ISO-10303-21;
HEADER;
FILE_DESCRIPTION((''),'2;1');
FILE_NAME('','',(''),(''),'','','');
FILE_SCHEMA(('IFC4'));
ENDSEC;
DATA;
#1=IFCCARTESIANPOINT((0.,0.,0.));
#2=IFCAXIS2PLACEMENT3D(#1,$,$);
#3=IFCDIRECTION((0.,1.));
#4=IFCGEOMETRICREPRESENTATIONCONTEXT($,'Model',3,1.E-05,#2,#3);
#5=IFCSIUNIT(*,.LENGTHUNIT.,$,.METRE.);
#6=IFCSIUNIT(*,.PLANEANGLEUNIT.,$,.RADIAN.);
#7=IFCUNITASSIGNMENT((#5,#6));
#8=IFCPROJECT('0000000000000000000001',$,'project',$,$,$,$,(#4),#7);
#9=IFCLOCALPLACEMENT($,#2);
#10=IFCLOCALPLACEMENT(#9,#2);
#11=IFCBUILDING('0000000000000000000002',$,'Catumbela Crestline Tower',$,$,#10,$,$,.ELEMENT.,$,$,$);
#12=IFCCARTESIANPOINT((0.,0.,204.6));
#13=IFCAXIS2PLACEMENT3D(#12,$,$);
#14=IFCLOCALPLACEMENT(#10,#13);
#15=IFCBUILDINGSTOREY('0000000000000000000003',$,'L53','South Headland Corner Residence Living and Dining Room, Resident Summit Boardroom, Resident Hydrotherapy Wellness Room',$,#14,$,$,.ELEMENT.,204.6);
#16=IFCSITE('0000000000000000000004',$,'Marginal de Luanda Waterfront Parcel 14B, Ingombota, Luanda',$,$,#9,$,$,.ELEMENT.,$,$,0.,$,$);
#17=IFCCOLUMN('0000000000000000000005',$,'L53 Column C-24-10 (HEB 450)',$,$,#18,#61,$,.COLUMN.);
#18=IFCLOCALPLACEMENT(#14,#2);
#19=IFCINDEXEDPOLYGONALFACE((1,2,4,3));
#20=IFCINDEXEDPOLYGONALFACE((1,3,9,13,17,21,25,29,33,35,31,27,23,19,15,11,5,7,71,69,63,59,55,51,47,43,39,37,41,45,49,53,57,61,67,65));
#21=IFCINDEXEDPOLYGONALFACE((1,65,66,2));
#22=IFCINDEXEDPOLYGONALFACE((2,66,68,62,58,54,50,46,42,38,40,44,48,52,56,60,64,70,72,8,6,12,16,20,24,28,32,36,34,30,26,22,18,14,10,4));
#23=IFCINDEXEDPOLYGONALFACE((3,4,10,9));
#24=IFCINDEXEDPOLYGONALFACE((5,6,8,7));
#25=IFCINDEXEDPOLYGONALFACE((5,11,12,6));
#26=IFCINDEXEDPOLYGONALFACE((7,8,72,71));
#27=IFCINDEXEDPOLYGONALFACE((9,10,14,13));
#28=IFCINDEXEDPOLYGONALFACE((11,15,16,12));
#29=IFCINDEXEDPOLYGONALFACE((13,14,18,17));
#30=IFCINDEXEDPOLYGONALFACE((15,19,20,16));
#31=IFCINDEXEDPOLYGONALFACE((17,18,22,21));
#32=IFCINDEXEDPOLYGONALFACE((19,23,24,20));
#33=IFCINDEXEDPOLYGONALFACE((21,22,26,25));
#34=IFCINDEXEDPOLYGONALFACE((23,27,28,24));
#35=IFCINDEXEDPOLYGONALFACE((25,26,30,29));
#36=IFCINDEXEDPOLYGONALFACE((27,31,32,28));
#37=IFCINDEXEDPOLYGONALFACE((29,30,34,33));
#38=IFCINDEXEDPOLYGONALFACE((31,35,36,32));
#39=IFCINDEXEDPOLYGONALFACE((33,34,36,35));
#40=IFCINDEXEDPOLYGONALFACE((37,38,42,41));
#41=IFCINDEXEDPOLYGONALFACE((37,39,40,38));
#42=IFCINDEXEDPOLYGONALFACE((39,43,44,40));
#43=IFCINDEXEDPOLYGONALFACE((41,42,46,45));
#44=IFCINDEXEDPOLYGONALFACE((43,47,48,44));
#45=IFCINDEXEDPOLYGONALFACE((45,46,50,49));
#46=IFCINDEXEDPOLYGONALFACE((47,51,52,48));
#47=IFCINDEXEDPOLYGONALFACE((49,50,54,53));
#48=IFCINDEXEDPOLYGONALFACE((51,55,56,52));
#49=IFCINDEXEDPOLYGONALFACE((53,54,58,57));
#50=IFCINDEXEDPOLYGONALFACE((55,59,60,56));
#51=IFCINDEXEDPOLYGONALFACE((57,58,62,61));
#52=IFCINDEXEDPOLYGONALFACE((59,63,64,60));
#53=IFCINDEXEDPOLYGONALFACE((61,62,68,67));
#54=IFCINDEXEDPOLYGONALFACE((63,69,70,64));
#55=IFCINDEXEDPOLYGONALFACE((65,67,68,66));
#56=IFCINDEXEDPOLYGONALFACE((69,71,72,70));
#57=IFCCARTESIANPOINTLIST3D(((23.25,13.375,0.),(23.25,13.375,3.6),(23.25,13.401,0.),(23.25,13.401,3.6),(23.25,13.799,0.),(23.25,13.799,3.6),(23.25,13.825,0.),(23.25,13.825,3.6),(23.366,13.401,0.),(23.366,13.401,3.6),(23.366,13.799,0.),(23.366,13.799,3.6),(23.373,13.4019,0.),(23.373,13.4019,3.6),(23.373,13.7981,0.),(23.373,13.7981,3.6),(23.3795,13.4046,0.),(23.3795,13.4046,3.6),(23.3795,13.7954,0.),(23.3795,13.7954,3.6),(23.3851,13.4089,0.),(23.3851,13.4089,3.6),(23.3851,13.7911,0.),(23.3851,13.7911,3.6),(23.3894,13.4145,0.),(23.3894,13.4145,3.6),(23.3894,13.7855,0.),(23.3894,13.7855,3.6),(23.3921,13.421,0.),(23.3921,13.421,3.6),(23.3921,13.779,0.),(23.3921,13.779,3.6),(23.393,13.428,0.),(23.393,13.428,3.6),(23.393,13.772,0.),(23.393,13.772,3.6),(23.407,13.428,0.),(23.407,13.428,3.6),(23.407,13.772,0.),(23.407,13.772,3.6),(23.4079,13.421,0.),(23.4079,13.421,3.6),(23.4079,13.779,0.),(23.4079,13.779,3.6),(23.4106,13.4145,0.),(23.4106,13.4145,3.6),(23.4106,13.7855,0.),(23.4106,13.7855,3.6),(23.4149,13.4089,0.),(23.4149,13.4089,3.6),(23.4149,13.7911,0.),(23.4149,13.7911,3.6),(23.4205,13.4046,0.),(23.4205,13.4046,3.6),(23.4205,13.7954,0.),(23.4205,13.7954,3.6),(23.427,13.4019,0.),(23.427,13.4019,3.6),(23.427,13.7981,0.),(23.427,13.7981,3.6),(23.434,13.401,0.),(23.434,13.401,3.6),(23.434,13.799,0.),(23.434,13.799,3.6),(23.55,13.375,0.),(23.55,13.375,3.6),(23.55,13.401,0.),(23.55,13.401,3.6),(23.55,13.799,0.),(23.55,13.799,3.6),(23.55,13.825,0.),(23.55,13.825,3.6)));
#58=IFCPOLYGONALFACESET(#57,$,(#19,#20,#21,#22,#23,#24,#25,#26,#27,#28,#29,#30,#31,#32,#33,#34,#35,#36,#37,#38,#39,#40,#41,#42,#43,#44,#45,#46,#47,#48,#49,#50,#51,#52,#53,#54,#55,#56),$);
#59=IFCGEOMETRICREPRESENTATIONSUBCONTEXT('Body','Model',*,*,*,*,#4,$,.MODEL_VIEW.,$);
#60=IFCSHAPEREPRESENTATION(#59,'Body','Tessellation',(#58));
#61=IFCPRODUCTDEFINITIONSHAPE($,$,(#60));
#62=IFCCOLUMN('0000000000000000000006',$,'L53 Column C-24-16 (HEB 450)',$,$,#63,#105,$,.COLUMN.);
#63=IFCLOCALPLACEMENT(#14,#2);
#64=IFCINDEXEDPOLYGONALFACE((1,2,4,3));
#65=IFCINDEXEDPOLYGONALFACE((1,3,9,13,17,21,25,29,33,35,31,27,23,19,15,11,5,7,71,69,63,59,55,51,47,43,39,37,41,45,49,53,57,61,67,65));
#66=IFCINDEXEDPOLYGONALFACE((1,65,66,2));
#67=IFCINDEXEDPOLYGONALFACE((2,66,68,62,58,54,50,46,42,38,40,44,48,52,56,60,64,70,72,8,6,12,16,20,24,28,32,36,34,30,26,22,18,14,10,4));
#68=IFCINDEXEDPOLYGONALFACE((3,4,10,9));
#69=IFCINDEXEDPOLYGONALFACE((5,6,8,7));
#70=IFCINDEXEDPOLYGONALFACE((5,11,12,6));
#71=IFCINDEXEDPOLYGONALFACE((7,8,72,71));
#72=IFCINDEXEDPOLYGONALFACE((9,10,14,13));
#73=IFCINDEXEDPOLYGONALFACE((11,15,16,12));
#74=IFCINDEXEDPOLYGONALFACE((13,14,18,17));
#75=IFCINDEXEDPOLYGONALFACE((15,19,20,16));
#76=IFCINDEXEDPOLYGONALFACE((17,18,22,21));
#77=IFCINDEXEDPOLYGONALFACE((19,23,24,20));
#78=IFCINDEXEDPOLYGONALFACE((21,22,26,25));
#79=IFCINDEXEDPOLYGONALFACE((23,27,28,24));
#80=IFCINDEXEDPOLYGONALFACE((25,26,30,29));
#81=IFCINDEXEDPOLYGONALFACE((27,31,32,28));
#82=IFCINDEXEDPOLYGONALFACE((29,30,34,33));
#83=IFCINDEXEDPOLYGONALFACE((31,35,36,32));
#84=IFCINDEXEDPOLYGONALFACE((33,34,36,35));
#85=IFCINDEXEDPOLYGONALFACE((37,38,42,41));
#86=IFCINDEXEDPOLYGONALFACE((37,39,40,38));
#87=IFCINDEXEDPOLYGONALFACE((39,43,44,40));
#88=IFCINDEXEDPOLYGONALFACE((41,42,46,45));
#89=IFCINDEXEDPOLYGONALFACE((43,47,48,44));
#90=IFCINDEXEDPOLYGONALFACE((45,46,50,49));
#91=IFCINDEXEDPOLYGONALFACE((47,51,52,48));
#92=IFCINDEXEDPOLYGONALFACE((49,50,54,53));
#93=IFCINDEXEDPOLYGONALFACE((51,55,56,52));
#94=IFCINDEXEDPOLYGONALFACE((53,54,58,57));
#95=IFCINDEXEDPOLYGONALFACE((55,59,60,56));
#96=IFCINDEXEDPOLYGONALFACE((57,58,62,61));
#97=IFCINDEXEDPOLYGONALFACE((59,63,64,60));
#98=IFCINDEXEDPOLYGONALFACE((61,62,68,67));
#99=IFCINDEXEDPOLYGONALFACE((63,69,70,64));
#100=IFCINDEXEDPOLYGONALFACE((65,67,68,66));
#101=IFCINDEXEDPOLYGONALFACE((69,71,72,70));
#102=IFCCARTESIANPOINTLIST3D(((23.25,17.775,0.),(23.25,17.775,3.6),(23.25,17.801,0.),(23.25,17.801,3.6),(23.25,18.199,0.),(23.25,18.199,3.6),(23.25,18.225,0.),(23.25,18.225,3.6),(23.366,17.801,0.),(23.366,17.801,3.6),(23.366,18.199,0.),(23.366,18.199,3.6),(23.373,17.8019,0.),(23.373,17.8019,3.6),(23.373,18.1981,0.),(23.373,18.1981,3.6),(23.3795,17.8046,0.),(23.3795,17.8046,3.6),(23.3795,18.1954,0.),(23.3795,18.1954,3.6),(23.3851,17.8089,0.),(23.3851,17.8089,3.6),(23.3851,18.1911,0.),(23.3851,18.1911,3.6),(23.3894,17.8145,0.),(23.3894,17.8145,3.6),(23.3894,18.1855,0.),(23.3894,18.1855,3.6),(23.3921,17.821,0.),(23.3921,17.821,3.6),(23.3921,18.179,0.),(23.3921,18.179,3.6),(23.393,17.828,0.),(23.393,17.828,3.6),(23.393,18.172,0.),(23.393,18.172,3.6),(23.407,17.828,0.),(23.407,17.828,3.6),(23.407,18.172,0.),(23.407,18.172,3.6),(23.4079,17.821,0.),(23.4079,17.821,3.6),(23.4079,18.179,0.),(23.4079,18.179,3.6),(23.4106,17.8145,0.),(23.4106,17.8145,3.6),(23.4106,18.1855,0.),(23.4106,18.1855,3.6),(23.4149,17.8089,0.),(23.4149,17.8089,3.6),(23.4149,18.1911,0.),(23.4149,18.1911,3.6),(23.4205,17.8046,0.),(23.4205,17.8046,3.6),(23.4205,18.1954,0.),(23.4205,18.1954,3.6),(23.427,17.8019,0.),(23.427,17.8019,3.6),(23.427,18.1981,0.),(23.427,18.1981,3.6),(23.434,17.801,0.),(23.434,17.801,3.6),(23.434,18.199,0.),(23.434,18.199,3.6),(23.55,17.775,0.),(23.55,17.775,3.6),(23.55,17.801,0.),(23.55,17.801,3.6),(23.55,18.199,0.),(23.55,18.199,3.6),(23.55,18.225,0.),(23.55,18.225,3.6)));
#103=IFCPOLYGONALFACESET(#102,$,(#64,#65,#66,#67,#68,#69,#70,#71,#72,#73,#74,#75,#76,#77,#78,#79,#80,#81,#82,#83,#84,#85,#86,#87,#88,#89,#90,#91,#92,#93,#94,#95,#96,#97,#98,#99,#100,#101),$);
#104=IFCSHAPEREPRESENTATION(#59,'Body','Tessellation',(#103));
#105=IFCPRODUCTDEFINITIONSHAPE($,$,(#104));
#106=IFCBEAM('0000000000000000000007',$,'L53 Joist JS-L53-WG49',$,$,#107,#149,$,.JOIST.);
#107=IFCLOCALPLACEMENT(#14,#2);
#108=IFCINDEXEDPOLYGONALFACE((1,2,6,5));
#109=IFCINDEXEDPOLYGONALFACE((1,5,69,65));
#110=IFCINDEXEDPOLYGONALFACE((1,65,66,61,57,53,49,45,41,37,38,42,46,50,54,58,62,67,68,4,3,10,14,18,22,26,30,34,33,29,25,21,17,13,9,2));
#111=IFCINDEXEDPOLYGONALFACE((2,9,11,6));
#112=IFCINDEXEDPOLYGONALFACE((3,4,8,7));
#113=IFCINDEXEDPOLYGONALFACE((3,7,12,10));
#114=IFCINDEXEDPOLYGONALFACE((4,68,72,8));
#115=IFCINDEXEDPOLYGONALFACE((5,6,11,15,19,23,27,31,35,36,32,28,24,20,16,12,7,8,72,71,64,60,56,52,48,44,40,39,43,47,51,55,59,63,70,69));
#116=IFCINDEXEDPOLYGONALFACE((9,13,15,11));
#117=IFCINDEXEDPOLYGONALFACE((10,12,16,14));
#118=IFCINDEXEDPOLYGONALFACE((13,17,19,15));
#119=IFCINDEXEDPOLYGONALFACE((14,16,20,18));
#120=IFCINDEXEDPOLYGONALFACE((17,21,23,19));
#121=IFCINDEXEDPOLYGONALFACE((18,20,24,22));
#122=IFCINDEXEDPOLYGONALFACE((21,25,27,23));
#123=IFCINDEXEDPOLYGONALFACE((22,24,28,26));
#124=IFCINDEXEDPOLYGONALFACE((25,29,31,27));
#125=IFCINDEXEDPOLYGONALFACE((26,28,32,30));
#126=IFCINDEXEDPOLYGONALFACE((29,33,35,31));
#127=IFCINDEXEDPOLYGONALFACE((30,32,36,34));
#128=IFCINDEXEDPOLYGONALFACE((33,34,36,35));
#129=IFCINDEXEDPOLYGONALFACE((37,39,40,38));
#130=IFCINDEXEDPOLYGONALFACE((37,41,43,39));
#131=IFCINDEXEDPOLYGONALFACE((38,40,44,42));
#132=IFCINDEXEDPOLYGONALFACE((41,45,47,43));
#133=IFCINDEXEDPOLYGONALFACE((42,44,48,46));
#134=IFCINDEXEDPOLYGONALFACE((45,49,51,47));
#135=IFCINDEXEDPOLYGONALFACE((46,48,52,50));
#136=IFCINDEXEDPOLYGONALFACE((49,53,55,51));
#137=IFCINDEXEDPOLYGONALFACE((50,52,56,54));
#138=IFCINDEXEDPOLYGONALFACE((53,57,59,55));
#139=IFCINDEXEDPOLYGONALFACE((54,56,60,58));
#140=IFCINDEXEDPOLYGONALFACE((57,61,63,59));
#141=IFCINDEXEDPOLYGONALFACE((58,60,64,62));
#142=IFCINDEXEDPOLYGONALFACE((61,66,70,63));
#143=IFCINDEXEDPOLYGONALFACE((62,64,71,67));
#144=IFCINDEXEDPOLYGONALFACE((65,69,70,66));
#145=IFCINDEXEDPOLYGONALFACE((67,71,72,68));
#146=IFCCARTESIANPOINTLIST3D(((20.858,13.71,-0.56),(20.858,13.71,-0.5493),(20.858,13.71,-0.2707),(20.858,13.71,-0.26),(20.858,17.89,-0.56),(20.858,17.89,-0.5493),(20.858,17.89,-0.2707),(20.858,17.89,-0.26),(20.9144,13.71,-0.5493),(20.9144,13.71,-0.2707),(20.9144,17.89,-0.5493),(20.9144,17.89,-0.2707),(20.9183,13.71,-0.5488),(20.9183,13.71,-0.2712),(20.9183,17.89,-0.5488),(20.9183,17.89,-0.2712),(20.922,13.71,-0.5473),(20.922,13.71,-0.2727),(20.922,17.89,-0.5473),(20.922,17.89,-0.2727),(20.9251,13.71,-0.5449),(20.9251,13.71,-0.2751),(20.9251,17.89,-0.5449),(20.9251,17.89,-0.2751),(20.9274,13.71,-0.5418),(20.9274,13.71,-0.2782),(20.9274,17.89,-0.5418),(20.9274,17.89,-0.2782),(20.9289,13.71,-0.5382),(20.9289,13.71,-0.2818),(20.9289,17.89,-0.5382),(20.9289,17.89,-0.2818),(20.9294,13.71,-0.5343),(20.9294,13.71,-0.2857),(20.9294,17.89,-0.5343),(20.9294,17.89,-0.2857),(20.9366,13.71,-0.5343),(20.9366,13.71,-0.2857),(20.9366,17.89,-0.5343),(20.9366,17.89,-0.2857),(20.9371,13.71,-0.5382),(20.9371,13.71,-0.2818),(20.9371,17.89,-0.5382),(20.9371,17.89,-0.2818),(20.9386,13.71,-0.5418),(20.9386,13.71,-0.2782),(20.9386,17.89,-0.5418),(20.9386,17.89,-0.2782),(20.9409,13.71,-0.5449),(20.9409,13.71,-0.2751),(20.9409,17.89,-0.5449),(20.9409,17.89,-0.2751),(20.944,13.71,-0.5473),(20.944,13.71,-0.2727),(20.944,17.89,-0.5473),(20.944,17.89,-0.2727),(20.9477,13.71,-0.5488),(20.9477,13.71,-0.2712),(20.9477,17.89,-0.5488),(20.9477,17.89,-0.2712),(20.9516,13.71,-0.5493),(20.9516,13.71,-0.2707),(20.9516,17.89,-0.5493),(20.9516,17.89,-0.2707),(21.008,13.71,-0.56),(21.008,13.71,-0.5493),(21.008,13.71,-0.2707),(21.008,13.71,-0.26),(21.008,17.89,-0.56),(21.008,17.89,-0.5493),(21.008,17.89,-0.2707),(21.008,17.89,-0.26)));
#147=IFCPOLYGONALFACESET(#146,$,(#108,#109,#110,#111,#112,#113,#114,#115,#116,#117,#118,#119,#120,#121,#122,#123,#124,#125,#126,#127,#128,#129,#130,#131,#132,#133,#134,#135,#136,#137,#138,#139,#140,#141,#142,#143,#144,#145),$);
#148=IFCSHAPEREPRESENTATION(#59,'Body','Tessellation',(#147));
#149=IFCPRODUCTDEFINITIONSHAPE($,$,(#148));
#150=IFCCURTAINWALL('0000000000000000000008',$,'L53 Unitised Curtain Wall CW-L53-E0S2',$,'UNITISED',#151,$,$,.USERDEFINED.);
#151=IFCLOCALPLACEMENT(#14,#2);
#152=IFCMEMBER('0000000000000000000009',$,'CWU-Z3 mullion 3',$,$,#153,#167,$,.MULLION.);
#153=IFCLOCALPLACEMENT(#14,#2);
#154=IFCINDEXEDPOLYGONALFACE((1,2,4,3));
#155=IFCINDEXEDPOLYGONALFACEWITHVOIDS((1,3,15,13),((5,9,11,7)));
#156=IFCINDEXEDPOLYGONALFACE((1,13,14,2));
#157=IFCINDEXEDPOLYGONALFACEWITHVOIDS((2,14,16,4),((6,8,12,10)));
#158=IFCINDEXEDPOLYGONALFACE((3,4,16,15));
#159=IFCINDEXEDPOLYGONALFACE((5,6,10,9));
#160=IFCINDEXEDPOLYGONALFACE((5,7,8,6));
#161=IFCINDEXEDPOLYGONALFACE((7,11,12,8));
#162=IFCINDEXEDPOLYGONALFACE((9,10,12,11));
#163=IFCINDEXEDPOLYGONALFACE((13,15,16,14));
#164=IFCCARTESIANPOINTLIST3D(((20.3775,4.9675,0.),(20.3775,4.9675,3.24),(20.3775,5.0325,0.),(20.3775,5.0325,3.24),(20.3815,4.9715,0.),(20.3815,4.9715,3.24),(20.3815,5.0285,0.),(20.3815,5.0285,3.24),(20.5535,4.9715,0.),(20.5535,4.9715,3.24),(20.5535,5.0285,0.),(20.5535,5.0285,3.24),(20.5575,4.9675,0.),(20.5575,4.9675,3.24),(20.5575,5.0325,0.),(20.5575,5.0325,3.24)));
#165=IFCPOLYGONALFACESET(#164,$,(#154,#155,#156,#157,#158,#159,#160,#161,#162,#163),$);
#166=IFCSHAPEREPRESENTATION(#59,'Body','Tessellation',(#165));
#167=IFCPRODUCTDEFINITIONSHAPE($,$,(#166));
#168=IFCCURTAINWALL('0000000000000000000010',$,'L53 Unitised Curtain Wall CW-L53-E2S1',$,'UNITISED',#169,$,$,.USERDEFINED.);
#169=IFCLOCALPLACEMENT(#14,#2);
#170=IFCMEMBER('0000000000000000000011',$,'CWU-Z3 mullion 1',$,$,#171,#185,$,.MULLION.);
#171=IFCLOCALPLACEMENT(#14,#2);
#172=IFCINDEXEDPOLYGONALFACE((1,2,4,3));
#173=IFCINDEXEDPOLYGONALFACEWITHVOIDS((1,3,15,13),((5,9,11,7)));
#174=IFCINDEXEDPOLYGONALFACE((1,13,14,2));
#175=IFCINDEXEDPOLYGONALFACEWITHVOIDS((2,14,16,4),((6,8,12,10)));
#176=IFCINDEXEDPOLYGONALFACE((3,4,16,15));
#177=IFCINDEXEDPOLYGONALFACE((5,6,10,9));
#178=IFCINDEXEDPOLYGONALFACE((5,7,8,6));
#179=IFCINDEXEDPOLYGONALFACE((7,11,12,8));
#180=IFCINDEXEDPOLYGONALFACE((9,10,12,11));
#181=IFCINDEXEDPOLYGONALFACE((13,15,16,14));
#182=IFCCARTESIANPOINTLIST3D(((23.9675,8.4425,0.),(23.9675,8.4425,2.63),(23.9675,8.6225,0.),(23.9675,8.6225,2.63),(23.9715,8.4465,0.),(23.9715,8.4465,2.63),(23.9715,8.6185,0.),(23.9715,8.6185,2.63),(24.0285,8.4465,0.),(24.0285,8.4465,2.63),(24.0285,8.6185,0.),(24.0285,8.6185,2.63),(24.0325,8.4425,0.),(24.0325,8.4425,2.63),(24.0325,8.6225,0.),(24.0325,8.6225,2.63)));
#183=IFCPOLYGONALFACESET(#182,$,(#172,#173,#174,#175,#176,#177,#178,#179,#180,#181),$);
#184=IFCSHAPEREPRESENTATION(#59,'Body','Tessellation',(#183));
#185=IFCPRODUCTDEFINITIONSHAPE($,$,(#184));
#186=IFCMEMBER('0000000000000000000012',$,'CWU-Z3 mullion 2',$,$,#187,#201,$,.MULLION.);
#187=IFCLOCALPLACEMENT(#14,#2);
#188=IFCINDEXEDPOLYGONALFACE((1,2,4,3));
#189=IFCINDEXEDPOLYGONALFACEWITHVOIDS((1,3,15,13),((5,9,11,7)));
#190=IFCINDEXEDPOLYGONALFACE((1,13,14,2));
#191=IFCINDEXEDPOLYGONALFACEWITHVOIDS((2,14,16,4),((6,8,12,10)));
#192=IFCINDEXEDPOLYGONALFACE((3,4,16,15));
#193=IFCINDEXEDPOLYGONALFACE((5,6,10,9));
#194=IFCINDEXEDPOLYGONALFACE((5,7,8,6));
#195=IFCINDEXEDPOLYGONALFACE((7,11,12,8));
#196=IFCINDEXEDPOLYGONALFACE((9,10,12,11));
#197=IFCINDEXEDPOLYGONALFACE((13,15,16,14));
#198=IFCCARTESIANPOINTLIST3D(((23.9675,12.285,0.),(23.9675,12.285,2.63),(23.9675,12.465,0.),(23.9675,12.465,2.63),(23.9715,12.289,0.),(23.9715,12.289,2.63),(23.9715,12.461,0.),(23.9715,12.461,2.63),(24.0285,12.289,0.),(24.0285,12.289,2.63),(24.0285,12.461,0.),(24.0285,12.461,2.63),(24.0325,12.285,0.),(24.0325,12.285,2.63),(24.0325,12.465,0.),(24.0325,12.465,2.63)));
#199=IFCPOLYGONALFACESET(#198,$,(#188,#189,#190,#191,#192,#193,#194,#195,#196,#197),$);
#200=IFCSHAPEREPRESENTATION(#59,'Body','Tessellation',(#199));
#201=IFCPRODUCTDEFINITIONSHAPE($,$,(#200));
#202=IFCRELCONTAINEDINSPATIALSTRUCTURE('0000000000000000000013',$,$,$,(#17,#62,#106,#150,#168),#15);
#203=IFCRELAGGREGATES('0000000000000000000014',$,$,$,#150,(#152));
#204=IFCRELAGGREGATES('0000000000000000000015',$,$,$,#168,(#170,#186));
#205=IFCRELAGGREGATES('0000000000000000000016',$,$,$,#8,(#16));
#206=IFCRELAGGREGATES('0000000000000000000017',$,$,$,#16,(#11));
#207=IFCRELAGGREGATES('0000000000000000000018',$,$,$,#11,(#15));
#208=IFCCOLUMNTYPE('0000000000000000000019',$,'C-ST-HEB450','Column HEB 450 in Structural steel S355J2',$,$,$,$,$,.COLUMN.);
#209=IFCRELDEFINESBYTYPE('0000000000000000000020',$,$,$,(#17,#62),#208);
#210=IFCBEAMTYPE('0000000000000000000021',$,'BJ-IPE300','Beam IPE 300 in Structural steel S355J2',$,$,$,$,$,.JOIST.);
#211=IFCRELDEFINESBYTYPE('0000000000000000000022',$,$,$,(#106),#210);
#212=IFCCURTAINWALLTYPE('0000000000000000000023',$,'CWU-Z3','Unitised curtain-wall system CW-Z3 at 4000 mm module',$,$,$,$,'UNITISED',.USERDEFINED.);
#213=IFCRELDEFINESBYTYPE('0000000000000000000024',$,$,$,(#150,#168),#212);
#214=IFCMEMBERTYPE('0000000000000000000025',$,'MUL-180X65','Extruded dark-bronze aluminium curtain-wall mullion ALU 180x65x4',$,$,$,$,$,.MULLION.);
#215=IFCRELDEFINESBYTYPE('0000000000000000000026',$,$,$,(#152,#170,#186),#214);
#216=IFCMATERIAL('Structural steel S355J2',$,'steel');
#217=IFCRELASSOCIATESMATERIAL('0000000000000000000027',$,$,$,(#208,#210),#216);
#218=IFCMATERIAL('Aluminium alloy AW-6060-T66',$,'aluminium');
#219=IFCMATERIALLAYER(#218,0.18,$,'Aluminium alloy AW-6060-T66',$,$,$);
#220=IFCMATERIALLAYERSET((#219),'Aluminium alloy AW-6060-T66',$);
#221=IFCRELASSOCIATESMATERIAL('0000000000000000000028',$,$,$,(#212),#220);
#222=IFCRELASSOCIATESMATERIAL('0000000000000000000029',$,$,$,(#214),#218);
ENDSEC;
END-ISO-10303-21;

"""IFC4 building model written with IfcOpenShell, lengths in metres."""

from ifc_helpers import new_model, si_unit, direction, frame, origin, origin_2d, place, context, subcontext, project, spatial, hollow_rectangle, i_section, extrude, material, layer, layer_set, material_profile, profile_set, type_object, element, aggregate, save


model = new_model("IFC4")

# Units and contexts
model_context = context("Model", 3, precision=1e-05, world=origin(), true_north=direction((0.0, 1.0)))
body_context = subcontext(model_context, "Body", "Model", "MODEL_VIEW")
ifc_project = project(units=[si_unit("LENGTHUNIT", "METRE"), si_unit("PLANEANGLEUNIT", "RADIAN")], contexts=[model_context])

# Site, building, storey
site_placement = place(None, origin())
site = spatial("IfcSite", under=ifc_project, at=site_placement, Name="Marginal de Luanda Waterfront Parcel 14B, Ingombota, Luanda", CompositionType="ELEMENT", RefElevation=0.0)
building_placement = place(site_placement, origin())
building = spatial("IfcBuilding", under=site, at=building_placement, Name="Catumbela Crestline Tower", CompositionType="ELEMENT")
storey_placement = place(building_placement, frame((0.0, 0.0, 204.6)))
storey = spatial("IfcBuildingStorey", under=building, at=storey_placement, Name="L53", Description="South Headland Corner Residence Living and Dining Room, Resident Summit Boardroom, Resident Hydrotherapy Wellness Room", CompositionType="ELEMENT", Elevation=204.6)

# Columns
ifc_material_1 = material(Name="Structural steel S355J2", Category="steel")
ifc_material_profile_1 = material_profile(ifc_material_1, i_section(OverallWidth=0.3, OverallDepth=0.45, WebThickness=0.014, FlangeThickness=0.026, FilletRadius=0.027, at=origin_2d()), Name="HEB 450")
ifc_profile_set_1 = profile_set([ifc_material_profile_1], Name="Structural steel S355J2")
column_type = type_object("IfcColumnType", Name="C-ST-HEB450", Description="Column HEB 450 in Structural steel S355J2", PredefinedType="COLUMN", material=ifc_profile_set_1)
for number, where, z_axis, x_axis, name in (
    (1, (23.4, 13.6, 0.0), (0.0, 0.0, 1.0), (1.0, 0.0, 0.0), "L53 Column C-24-10 (HEB 450)"),
    (2, (23.4, 18.0, 0.0), (0.0, 0.0, 1.0), (1.0, 0.0, 0.0), "L53 Column C-24-16 (HEB 450)"),
):
    element("IfcColumn", number, at=place(storey_placement, frame(where, z_axis=z_axis, x_axis=x_axis)), inside=storey, type_object=column_type, Name=name, PredefinedType="COLUMN", context=body_context, shape_type="SweptSolid", body=[
        extrude(i_section(OverallWidth=0.3, OverallDepth=0.45, WebThickness=0.014, FlangeThickness=0.026, FilletRadius=0.027, at=origin_2d()), origin(), (0.0, 0.0, 1.0), 3.6),
    ])

# Beam
ifc_material_profile_2 = material_profile(ifc_material_1, i_section(OverallWidth=0.15, OverallDepth=0.3, WebThickness=0.0071, FlangeThickness=0.0107, FilletRadius=0.015, at=origin_2d()), Name="IPE 300")
ifc_profile_set_2 = profile_set([ifc_material_profile_2], Name="Structural steel S355J2")
beam_type_1 = type_object("IfcBeamType", Name="BJ-IPE300", Description="Beam IPE 300 in Structural steel S355J2", PredefinedType="JOIST", material=ifc_profile_set_2)
beam_1_placement = place(storey_placement, frame((20.933, 13.71, -0.41), z_axis=(0.0, 1.0, 0.0), x_axis=(-1.0, 0.0, 0.0)))
element("IfcBeam", 3, at=beam_1_placement, inside=storey, type_object=beam_type_1, Name="L53 Joist JS-L53-WG49", PredefinedType="JOIST", context=body_context, shape_type="SweptSolid", body=[
    extrude(i_section(OverallWidth=0.15, OverallDepth=0.3, WebThickness=0.0071, FlangeThickness=0.0107, FilletRadius=0.015, at=origin_2d()), origin(), (0.0, 0.0, 1.0), 4.18),
])

# Curtain wall, member
ifc_material_2 = material(Name="Aluminium alloy AW-6060-T66", Category="aluminium")
ifc_layer_1 = layer(ifc_material_2, 0.18, Name="Aluminium alloy AW-6060-T66")
ifc_layer_set_1 = layer_set([ifc_layer_1], Name="Aluminium alloy AW-6060-T66")
curtain_wall_type = type_object("IfcCurtainWallType", Name="CWU-Z3", Description="Unitised curtain-wall system CW-Z3 at 4000 mm module", ElementType="UNITISED", PredefinedType="USERDEFINED", material=ifc_layer_set_1)
curtain_wall_1_placement = place(storey_placement, origin())
curtain_wall_1 = element("IfcCurtainWall", 4, at=curtain_wall_1_placement, inside=storey, type_object=curtain_wall_type, Name="L53 Unitised Curtain Wall CW-L53-E0S2", ObjectType="UNITISED", PredefinedType="USERDEFINED")
ifc_material_profile_3 = material_profile(ifc_material_2, hollow_rectangle(XDim=0.065, YDim=0.18, WallThickness=0.004, at=origin_2d()), Name="ALU 180x65x4")
ifc_profile_set_3 = profile_set([ifc_material_profile_3], Name="Aluminium alloy AW-6060-T66")
member_type_1 = type_object("IfcMemberType", Name="MUL-180X65", Description="Extruded dark-bronze aluminium curtain-wall mullion ALU 180x65x4", PredefinedType="MULLION", material=ifc_profile_set_3)
member_1_placement = place(storey_placement, frame((20.4675, 5.0, 0.0), z_axis=(0.0, 0.0, 1.0), x_axis=(0.0, 1.0, 0.0)))
member_1 = element("IfcMember", 5, at=member_1_placement, type_object=member_type_1, Name="CWU-Z3 mullion 3", PredefinedType="MULLION", context=body_context, shape_type="SweptSolid", body=[
    extrude(hollow_rectangle(XDim=0.065, YDim=0.18, WallThickness=0.004, at=origin_2d()), origin(), (0.0, 0.0, 1.0), 3.24),
])
aggregate(curtain_wall_1, [member_1])

# Curtain wall, members
curtain_wall_2_placement = place(storey_placement, origin())
curtain_wall_2 = element("IfcCurtainWall", 6, at=curtain_wall_2_placement, inside=storey, type_object=curtain_wall_type, Name="L53 Unitised Curtain Wall CW-L53-E2S1", ObjectType="UNITISED", PredefinedType="USERDEFINED")
member_2_placement = place(storey_placement, frame((24.0, 8.5325, 0.0), z_axis=(0.0, 0.0, 1.0), x_axis=(-1.0, 0.0, 0.0)))
member_2 = element("IfcMember", 7, at=member_2_placement, type_object=member_type_1, Name="CWU-Z3 mullion 1", PredefinedType="MULLION", context=body_context, shape_type="SweptSolid", body=[
    extrude(hollow_rectangle(XDim=0.065, YDim=0.18, WallThickness=0.004, at=origin_2d()), origin(), (0.0, 0.0, 1.0), 2.63),
])
member_3_placement = place(storey_placement, frame((24.0, 12.375, 0.0), z_axis=(0.0, 0.0, 1.0), x_axis=(-1.0, 0.0, 0.0)))
member_3 = element("IfcMember", 8, at=member_3_placement, type_object=member_type_1, Name="CWU-Z3 mullion 2", PredefinedType="MULLION", context=body_context, shape_type="SweptSolid", body=[
    extrude(hollow_rectangle(XDim=0.065, YDim=0.18, WallThickness=0.004, at=origin_2d()), origin(), (0.0, 0.0, 1.0), 2.63),
])

aggregate(curtain_wall_2, [member_2, member_3])

save(model, "model.ifc")
